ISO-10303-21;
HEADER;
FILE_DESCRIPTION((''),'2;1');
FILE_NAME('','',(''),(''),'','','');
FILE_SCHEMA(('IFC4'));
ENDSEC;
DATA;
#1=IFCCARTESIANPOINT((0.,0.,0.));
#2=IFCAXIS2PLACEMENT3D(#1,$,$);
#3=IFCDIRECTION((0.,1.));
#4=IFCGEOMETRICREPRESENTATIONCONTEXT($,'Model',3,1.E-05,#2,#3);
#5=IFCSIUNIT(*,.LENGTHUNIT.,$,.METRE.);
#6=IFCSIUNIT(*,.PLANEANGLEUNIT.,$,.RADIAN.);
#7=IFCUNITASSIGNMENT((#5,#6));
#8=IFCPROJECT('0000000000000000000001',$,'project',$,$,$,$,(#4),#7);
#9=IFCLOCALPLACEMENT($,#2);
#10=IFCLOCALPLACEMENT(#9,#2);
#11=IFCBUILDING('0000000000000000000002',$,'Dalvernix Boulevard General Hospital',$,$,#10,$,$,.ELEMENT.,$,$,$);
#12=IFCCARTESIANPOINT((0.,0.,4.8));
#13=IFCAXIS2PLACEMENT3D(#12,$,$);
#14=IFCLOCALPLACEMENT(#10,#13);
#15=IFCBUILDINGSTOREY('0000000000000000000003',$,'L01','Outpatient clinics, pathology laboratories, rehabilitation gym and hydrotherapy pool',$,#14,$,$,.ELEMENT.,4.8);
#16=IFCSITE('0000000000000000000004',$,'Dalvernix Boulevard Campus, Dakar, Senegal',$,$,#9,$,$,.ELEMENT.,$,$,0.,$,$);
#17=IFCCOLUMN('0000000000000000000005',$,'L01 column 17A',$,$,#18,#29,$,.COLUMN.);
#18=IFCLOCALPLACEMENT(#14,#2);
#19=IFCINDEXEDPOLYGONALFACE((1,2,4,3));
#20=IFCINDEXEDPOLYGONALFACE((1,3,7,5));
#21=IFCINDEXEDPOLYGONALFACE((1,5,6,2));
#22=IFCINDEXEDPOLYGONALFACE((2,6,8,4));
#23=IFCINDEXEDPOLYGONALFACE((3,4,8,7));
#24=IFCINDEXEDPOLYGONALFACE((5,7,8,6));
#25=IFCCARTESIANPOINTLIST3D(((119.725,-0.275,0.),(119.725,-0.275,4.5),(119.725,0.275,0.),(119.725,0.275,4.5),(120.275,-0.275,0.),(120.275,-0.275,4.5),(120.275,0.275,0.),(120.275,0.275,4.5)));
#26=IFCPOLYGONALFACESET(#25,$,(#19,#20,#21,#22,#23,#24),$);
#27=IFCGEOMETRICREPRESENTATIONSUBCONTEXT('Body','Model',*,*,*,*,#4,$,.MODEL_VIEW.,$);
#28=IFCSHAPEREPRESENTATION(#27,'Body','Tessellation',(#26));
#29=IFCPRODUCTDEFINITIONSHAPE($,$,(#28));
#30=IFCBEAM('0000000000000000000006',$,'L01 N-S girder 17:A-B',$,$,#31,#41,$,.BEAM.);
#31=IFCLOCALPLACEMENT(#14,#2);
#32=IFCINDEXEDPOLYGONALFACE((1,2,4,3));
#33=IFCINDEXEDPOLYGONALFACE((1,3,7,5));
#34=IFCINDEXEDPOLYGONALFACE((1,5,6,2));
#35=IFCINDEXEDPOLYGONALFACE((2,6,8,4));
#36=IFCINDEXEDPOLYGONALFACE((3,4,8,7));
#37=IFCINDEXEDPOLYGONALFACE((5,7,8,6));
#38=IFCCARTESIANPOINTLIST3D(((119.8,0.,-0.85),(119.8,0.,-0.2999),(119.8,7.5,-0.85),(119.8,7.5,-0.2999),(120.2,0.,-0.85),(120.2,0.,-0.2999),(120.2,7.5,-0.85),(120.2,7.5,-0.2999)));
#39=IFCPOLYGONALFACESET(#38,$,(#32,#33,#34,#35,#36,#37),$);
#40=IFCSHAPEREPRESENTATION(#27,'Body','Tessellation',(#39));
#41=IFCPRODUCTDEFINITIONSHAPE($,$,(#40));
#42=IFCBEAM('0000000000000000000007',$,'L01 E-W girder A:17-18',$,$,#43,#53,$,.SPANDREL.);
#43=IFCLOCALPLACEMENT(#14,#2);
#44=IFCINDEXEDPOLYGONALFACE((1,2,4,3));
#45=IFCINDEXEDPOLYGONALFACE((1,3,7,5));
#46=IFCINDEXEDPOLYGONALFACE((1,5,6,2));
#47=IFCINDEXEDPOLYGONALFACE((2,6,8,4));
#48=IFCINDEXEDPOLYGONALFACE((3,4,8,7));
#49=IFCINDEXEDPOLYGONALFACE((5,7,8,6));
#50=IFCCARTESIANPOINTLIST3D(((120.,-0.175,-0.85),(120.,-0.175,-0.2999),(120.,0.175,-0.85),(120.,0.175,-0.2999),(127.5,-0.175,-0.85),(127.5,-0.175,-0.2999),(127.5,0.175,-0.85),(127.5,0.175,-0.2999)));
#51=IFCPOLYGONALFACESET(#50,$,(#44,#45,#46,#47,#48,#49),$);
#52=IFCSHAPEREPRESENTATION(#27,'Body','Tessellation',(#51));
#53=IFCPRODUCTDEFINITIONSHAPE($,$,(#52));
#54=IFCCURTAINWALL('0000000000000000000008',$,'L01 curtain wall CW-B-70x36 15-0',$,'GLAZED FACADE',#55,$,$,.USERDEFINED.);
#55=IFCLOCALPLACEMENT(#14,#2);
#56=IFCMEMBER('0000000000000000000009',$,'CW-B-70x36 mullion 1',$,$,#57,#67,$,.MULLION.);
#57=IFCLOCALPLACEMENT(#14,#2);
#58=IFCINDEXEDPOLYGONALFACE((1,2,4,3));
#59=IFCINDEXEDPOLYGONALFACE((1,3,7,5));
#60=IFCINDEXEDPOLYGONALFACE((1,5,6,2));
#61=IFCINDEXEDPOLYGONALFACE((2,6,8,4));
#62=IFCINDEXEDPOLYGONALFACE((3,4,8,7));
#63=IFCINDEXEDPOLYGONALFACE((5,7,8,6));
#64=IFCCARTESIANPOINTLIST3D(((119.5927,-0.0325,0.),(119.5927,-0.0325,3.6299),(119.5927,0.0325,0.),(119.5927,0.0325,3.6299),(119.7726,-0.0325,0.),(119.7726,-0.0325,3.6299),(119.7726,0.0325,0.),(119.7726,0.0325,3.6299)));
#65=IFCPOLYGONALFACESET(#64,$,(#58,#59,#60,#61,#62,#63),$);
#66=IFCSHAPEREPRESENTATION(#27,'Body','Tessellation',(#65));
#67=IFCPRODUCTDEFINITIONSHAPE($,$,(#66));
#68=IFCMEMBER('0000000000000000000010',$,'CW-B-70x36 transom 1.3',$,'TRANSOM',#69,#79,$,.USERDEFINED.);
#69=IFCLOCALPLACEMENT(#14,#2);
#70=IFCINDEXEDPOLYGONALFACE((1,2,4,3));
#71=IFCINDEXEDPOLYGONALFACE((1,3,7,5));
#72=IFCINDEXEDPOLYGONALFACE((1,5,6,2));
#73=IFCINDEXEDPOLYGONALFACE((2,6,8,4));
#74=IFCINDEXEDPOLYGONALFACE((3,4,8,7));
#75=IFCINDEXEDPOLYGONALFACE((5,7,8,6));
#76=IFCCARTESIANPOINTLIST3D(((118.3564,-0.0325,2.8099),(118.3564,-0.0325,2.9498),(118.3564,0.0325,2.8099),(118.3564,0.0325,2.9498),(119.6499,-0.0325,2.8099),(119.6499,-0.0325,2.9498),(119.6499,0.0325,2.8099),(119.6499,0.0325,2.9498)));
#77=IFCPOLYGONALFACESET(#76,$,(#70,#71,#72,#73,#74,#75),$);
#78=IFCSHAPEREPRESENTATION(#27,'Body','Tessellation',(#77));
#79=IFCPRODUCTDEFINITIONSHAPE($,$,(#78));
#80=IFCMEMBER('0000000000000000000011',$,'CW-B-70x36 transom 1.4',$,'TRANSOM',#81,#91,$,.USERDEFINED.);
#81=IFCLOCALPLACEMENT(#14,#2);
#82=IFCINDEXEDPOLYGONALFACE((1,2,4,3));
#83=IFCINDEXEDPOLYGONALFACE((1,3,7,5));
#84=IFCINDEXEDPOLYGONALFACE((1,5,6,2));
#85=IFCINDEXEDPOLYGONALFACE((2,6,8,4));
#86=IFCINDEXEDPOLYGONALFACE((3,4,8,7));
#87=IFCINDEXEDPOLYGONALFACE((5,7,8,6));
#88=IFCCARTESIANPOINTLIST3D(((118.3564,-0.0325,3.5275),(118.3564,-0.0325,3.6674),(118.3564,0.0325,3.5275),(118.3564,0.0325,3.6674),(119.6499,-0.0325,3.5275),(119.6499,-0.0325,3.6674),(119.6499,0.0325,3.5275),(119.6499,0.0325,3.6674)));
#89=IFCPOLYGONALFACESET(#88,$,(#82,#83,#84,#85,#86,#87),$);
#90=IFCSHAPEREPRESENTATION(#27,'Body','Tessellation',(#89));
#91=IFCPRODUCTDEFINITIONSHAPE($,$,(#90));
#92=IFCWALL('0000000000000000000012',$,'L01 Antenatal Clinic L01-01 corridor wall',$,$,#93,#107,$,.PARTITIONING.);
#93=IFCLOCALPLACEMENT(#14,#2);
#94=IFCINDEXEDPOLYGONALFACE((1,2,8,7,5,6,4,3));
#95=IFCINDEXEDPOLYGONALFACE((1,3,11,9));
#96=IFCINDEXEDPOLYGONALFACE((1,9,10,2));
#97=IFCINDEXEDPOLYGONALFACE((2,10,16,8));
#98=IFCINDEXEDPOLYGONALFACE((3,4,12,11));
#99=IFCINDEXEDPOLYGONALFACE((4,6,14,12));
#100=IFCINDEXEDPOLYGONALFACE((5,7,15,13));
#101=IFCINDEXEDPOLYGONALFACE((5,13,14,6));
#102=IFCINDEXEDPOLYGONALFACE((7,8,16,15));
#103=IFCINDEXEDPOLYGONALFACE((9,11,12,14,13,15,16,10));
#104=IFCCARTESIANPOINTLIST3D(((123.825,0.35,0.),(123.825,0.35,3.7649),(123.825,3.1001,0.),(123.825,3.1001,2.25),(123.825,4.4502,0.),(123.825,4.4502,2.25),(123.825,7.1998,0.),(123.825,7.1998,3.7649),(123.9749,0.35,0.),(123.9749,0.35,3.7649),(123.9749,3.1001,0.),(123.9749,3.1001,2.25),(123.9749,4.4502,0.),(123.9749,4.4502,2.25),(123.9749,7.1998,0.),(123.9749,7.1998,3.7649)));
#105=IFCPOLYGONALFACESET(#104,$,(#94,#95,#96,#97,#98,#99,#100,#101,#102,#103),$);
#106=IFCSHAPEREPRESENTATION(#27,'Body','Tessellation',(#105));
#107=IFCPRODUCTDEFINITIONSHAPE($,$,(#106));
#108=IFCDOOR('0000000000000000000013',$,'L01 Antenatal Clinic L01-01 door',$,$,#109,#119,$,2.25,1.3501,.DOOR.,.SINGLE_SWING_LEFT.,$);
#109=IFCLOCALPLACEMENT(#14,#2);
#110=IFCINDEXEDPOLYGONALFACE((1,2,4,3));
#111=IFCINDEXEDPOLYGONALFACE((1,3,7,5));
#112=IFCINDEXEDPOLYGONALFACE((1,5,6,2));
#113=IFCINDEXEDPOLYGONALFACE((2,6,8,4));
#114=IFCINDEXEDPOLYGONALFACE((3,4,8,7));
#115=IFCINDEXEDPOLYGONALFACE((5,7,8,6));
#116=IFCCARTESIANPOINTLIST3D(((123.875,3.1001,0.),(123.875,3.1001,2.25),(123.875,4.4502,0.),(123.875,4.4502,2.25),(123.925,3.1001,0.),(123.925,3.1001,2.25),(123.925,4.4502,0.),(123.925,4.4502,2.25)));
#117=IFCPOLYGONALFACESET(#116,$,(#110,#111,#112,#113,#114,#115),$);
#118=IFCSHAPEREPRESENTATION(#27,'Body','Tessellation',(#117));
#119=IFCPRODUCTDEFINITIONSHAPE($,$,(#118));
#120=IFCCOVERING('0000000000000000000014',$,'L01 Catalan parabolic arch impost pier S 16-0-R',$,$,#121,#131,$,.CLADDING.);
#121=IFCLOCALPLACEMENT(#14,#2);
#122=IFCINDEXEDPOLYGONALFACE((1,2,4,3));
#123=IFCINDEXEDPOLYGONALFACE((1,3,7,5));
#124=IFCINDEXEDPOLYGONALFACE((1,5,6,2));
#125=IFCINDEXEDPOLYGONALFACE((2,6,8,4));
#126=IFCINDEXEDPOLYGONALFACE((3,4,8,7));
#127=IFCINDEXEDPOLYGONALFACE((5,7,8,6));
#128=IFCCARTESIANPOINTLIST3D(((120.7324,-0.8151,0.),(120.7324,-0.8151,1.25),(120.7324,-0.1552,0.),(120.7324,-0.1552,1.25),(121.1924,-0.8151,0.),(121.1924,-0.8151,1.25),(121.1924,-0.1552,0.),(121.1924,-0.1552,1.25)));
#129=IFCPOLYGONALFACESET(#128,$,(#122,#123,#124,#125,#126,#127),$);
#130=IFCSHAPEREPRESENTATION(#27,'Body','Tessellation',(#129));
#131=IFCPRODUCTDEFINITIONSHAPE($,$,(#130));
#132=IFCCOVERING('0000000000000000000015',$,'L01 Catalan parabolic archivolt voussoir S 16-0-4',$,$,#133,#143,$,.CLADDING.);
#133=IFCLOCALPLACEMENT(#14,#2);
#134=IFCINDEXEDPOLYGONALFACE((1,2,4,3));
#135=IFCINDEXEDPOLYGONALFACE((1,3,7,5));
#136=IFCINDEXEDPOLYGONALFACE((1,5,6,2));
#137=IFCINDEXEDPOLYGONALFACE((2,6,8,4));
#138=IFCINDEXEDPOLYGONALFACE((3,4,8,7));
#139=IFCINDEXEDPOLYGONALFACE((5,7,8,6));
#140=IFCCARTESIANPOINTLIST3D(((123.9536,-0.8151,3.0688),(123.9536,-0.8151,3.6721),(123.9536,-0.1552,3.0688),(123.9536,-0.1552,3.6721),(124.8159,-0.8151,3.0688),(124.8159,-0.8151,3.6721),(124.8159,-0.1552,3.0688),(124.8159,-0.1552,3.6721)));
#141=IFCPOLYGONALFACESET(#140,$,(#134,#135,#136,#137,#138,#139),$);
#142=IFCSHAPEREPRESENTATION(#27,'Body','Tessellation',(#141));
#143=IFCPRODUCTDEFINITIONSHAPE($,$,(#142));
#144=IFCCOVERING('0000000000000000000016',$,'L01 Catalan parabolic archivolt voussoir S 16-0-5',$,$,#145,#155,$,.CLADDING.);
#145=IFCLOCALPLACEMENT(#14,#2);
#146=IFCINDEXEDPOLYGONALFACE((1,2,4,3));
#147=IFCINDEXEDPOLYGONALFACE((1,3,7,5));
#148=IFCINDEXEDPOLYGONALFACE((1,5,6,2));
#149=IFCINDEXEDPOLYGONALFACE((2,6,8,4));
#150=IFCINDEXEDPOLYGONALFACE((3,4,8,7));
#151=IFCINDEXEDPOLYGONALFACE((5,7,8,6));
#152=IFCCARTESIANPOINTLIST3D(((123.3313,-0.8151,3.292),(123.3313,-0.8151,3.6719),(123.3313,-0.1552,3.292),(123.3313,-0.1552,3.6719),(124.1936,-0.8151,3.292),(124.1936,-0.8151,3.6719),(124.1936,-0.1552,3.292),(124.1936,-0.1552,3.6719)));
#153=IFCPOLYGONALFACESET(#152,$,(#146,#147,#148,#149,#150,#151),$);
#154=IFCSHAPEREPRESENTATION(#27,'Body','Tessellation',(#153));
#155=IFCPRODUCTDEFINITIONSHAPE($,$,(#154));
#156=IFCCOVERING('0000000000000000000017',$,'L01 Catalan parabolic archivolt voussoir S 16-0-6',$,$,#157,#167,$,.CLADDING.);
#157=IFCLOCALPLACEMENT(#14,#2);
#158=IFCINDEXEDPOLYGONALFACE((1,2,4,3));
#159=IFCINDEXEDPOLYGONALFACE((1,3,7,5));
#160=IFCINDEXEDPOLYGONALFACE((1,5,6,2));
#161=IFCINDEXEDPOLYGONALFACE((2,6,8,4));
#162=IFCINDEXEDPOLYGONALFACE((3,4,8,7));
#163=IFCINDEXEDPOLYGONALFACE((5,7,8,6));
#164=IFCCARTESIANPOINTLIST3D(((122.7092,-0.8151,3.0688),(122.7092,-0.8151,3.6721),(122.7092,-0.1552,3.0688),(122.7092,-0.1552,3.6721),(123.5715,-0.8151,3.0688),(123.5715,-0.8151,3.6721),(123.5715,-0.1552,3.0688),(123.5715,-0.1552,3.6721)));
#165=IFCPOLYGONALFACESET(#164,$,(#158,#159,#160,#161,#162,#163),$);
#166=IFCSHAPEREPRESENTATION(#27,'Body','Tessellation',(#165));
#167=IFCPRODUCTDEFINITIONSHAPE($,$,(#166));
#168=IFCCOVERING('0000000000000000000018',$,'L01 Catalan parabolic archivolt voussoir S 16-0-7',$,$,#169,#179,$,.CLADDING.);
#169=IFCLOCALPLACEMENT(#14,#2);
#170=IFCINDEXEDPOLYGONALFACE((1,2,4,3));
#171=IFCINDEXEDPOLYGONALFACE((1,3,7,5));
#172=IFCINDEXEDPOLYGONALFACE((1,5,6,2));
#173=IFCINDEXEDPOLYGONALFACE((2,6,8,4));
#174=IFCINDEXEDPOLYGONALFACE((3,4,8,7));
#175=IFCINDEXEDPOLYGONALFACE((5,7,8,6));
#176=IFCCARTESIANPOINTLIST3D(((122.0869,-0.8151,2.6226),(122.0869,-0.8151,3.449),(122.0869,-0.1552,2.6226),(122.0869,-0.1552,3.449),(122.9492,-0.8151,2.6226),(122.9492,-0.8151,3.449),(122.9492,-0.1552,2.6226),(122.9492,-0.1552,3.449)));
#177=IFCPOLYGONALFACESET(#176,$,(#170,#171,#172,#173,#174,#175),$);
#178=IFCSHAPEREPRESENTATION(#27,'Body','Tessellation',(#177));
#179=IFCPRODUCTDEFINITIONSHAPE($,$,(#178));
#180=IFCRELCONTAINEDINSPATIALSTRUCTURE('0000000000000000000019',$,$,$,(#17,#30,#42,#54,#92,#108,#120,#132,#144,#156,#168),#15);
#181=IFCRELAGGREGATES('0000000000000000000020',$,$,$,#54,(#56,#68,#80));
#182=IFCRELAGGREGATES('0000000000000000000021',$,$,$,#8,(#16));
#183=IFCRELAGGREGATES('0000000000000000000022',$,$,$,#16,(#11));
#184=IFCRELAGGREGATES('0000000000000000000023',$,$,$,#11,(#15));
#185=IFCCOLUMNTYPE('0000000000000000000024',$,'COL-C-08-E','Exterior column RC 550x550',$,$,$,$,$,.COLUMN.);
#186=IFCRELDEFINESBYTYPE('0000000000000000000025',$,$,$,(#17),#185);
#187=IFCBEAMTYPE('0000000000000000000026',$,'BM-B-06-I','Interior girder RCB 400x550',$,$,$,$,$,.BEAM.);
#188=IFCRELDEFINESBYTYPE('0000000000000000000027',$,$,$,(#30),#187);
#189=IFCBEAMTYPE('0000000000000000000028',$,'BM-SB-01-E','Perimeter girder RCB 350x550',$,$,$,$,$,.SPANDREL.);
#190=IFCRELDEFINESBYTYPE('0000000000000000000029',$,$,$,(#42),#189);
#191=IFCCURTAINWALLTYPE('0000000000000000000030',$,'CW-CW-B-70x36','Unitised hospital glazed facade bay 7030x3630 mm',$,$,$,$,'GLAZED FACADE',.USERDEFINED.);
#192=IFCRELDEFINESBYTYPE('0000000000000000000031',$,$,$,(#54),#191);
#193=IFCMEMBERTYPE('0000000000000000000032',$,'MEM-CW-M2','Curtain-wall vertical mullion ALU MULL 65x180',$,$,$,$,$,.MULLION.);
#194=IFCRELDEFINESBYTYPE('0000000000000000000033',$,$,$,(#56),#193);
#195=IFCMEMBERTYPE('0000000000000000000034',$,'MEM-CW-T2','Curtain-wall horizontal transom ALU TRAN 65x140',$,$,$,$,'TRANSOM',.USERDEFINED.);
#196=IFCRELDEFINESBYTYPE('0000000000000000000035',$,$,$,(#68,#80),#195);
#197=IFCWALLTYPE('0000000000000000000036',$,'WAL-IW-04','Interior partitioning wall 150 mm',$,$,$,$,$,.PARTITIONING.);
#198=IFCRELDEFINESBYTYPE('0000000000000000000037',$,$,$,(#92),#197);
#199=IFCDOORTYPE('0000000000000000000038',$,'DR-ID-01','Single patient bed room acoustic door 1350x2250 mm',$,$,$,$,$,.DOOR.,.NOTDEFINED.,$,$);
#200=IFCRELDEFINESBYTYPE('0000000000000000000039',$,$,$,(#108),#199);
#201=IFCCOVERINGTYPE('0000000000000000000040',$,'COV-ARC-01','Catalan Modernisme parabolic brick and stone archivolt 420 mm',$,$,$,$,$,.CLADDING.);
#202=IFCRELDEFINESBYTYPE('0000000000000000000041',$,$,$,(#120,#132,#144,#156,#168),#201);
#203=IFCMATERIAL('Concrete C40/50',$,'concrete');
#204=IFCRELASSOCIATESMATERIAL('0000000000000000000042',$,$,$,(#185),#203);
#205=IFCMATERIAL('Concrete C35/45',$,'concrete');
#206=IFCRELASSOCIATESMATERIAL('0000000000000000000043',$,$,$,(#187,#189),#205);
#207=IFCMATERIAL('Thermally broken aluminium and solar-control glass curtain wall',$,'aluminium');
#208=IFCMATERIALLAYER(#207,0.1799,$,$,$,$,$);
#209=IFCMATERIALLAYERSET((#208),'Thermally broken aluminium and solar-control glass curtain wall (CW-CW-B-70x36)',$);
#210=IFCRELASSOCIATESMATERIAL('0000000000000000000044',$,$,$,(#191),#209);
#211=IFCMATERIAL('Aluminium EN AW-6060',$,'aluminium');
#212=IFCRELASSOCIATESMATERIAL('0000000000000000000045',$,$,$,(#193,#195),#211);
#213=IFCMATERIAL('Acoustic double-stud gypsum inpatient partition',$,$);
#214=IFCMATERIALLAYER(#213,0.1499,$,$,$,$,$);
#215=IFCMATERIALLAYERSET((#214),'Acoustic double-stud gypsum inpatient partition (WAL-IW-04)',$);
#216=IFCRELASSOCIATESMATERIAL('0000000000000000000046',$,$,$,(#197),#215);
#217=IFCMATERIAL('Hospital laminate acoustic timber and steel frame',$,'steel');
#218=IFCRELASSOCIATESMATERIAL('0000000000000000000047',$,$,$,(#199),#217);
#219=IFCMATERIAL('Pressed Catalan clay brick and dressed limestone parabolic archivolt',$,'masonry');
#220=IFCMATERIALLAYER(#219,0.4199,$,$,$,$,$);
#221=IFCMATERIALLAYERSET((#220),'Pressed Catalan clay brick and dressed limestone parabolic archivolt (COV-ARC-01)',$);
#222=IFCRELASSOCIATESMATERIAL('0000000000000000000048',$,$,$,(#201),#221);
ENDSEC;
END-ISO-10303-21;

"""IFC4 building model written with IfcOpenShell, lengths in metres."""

from ifc_helpers import new_model, si_unit, direction, frame, frame_2d, origin, origin_2d, place, context, subcontext, project, spatial, rectangle, extrude, material, layer, layer_set, material_profile, profile_set, type_object, element, fill, aggregate, save


model = new_model("IFC4")

# Units and contexts
model_context = context("Model", 3, precision=1e-05, world=origin(), true_north=direction((0.0, 1.0)))
body_context = subcontext(model_context, "Body", "Model", "MODEL_VIEW")
ifc_project = project(units=[si_unit("LENGTHUNIT", "METRE"), si_unit("PLANEANGLEUNIT", "RADIAN")], contexts=[model_context])

# Site, building, storey
site_placement = place(None, origin())
site = spatial("IfcSite", under=ifc_project, at=site_placement, Name="Dalvernix Boulevard Campus, Dakar, Senegal", CompositionType="ELEMENT", RefElevation=0.0)
building_placement = place(site_placement, origin())
building = spatial("IfcBuilding", under=site, at=building_placement, Name="Dalvernix Boulevard General Hospital", CompositionType="ELEMENT")
storey_placement = place(building_placement, frame((0.0, 0.0, 4.8)))
storey = spatial("IfcBuildingStorey", under=building, at=storey_placement, Name="L01", Description="Outpatient clinics, pathology laboratories, rehabilitation gym and hydrotherapy pool", CompositionType="ELEMENT", Elevation=4.8)

# Column
ifc_material_1 = material(Name="Concrete C40/50", Category="concrete")
ifc_material_profile_1 = material_profile(ifc_material_1, rectangle(XDim=0.55, YDim=0.55, at=origin_2d()), Name="RC 550x550")
ifc_profile_set_1 = profile_set([ifc_material_profile_1], Name="Concrete C40/50")
column_type = type_object("IfcColumnType", Name="COL-C-08-E", Description="Exterior column RC 550x550", PredefinedType="COLUMN", material=ifc_profile_set_1)
column_placement = place(storey_placement, frame((120.0, 0.0, 0.0), z_axis=(0.0, 0.0, 1.0), x_axis=(1.0, 0.0, 0.0)))
element("IfcColumn", 1, at=column_placement, inside=storey, type_object=column_type, Name="L01 column 17A", PredefinedType="COLUMN", context=body_context, shape_type="SweptSolid", body=[
    extrude(rectangle(XDim=0.55, YDim=0.55, at=origin_2d()), origin(), (0.0, 0.0, 1.0), 4.5),
])

# Beams
ifc_material_2 = material(Name="Concrete C35/45", Category="concrete")
ifc_material_profile_2 = material_profile(ifc_material_2, rectangle(XDim=0.3999, YDim=0.55, at=origin_2d()), Name="RCB 400x550")
ifc_profile_set_2 = profile_set([ifc_material_profile_2], Name="Concrete C35/45")
beam_type_1 = type_object("IfcBeamType", Name="BM-B-06-I", Description="Interior girder RCB 400x550", PredefinedType="BEAM", material=ifc_profile_set_2)
beam_1_placement = place(storey_placement, frame((120.0, 0.0, -0.575), z_axis=(0.0, 1.0, 0.0), x_axis=(-1.0, 0.0, 0.0)))
element("IfcBeam", 2, at=beam_1_placement, inside=storey, type_object=beam_type_1, Name="L01 N-S girder 17:A-B", PredefinedType="BEAM", context=body_context, shape_type="SweptSolid", body=[
    extrude(rectangle(XDim=0.3999, YDim=0.55, at=origin_2d()), origin(), (0.0, 0.0, 1.0), 7.5),
])
ifc_material_profile_3 = material_profile(ifc_material_2, rectangle(XDim=0.3501, YDim=0.55, at=origin_2d()), Name="RCB 350x550")
ifc_profile_set_3 = profile_set([ifc_material_profile_3], Name="Concrete C35/45")
beam_type_2 = type_object("IfcBeamType", Name="BM-SB-01-E", Description="Perimeter girder RCB 350x550", PredefinedType="SPANDREL", material=ifc_profile_set_3)
beam_2_placement = place(storey_placement, frame((120.0, 0.0, -0.575), z_axis=(1.0, 0.0, 0.0), x_axis=(0.0, 1.0, 0.0)))
element("IfcBeam", 3, at=beam_2_placement, inside=storey, type_object=beam_type_2, Name="L01 E-W girder A:17-18", PredefinedType="SPANDREL", context=body_context, shape_type="SweptSolid", body=[
    extrude(rectangle(XDim=0.3501, YDim=0.55, at=origin_2d()), origin(), (0.0, 0.0, 1.0), 7.5),
])

# Curtain wall, members
ifc_material_3 = material(Name="Thermally broken aluminium and solar-control glass curtain wall", Category="aluminium")
ifc_layer_1 = layer(ifc_material_3, 0.1799)
ifc_layer_set_1 = layer_set([ifc_layer_1], Name="Thermally broken aluminium and solar-control glass curtain wall (CW-CW-B-70x36)")
curtain_wall_type = type_object("IfcCurtainWallType", Name="CW-CW-B-70x36", Description="Unitised hospital glazed facade bay 7030x3630 mm", ElementType="GLAZED FACADE", PredefinedType="USERDEFINED", material=ifc_layer_set_1)
curtain_wall_placement = place(storey_placement, origin())
curtain_wall = element("IfcCurtainWall", 4, at=curtain_wall_placement, inside=storey, type_object=curtain_wall_type, Name="L01 curtain wall CW-B-70x36 15-0", ObjectType="GLAZED FACADE", PredefinedType="USERDEFINED")
ifc_material_4 = material(Name="Aluminium EN AW-6060", Category="aluminium")
ifc_material_profile_4 = material_profile(ifc_material_4, rectangle(XDim=0.0649, YDim=0.1799, at=origin_2d()), Name="ALU MULL 65x180")
ifc_profile_set_4 = profile_set([ifc_material_profile_4], Name="Aluminium EN AW-6060")
member_type_1 = type_object("IfcMemberType", Name="MEM-CW-M2", Description="Curtain-wall vertical mullion ALU MULL 65x180", PredefinedType="MULLION", material=ifc_profile_set_4)
member_1_placement = place(storey_placement, frame((119.6826, 0.0, 0.0), z_axis=(0.0, 0.0, 1.0), x_axis=(0.0, -1.0, 0.0)))
member_1 = element("IfcMember", 5, at=member_1_placement, type_object=member_type_1, Name="CW-B-70x36 mullion 1", PredefinedType="MULLION", context=body_context, shape_type="SweptSolid", body=[
    extrude(rectangle(XDim=0.0649, YDim=0.1799, at=origin_2d()), origin(), (0.0, 0.0, 1.0), 3.6299),
])
ifc_material_profile_5 = material_profile(ifc_material_4, rectangle(XDim=0.0649, YDim=0.1399, at=origin_2d()), Name="ALU TRAN 65x140")
ifc_profile_set_5 = profile_set([ifc_material_profile_5], Name="Aluminium EN AW-6060")
member_type_2 = type_object("IfcMemberType", Name="MEM-CW-T2", Description="Curtain-wall horizontal transom ALU TRAN 65x140", ElementType="TRANSOM", PredefinedType="USERDEFINED", material=ifc_profile_set_5)
member_2_placement = place(storey_placement, frame((119.6499, 0.0, 2.8799), z_axis=(-1.0, 0.0, 0.0), x_axis=(0.0, -1.0, 0.0)))
member_2 = element("IfcMember", 6, at=member_2_placement, type_object=member_type_2, Name="CW-B-70x36 transom 1.3", ObjectType="TRANSOM", PredefinedType="USERDEFINED", context=body_context, shape_type="SweptSolid", body=[
    extrude(rectangle(XDim=0.0649, YDim=0.1399, at=origin_2d()), origin(), (0.0, 0.0, 1.0), 1.2935),
])
member_3_placement = place(storey_placement, frame((119.6499, 0.0, 3.5974), z_axis=(-1.0, 0.0, 0.0), x_axis=(0.0, -1.0, 0.0)))
member_3 = element("IfcMember", 7, at=member_3_placement, type_object=member_type_2, Name="CW-B-70x36 transom 1.4", ObjectType="TRANSOM", PredefinedType="USERDEFINED", context=body_context, shape_type="SweptSolid", body=[
    extrude(rectangle(XDim=0.0649, YDim=0.1399, at=origin_2d()), origin(), (0.0, 0.0, 1.0), 1.2935),
])
aggregate(curtain_wall, [member_1, member_2, member_3])

# Wall, opening, door
ifc_material_5 = material(Name="Acoustic double-stud gypsum inpatient partition")
ifc_layer_2 = layer(ifc_material_5, 0.1499)
ifc_layer_set_2 = layer_set([ifc_layer_2], Name="Acoustic double-stud gypsum inpatient partition (WAL-IW-04)")
wall_type = type_object("IfcWallType", Name="WAL-IW-04", Description="Interior partitioning wall 150 mm", PredefinedType="PARTITIONING", material=ifc_layer_set_2)
wall_placement = place(storey_placement, frame((123.8999, 0.3501, 0.0), z_axis=(0.0, 0.0, 1.0), x_axis=(0.0, 1.0, 0.0)))
wall = element("IfcWall", 8, at=wall_placement, inside=storey, type_object=wall_type, Name="L01 Antenatal Clinic L01-01 corridor wall", PredefinedType="PARTITIONING", context=body_context, shape_type="SweptSolid", body=[
    extrude(rectangle(XDim=6.8499, YDim=0.1499, at=frame_2d((3.4248, 0.0))), origin(), (0.0, 0.0, 1.0), 3.7649),
])
opening_placement = place(wall_placement, frame((2.75, 0.0, 0.0)))
opening = element("IfcOpeningElement", 9, at=opening_placement, cuts=wall, PredefinedType="OPENING", context=body_context, shape_type="SweptSolid", body=[
    extrude(rectangle(XDim=1.3501, YDim=2.25, at=frame_2d((0.675, 1.125))), frame((0.0, 0.085, 0.0), z_axis=(0.0, -1.0, 0.0), x_axis=(1.0, 0.0, 0.0)), (0.0, 0.0, 1.0), 0.1699),
])
ifc_material_6 = material(Name="Hospital laminate acoustic timber and steel frame", Category="steel")
door_type = type_object("IfcDoorType", Name="DR-ID-01", Description="Single patient bed room acoustic door 1350x2250 mm", OperationType="NOTDEFINED", PredefinedType="DOOR", material=ifc_material_6)
door_placement = place(opening_placement, origin())
door = element("IfcDoor", 10, at=door_placement, inside=storey, type_object=door_type, Name="L01 Antenatal Clinic L01-01 door", OperationType="SINGLE_SWING_LEFT", OverallHeight=2.25, OverallWidth=1.3501, PredefinedType="DOOR", context=body_context, shape_type="SweptSolid", body=[
    extrude(rectangle(XDim=1.3501, YDim=2.25, at=frame_2d((0.675, 1.125))), frame((0.0, 0.0249, 0.0), z_axis=(0.0, -1.0, 0.0), x_axis=(1.0, 0.0, 0.0)), (0.0, 0.0, 1.0), 0.05),
])
fill(opening, door)

# Coverings
ifc_material_7 = material(Name="Pressed Catalan clay brick and dressed limestone parabolic archivolt", Category="masonry")
ifc_layer_3 = layer(ifc_material_7, 0.4199)
ifc_layer_set_3 = layer_set([ifc_layer_3], Name="Pressed Catalan clay brick and dressed limestone parabolic archivolt (COV-ARC-01)")
covering_type_1 = type_object("IfcCoveringType", Name="COV-ARC-01", Description="Catalan Modernisme parabolic brick and stone archivolt 420 mm", PredefinedType="CLADDING", material=ifc_layer_set_3)
covering_1_placement = place(storey_placement, frame((120.9624, -0.4851, 0.0), z_axis=(0.0, 0.0, 1.0), x_axis=(-1.0, 0.0, 0.0)))
element("IfcCovering", 11, at=covering_1_placement, inside=storey, type_object=covering_type_1, Name="L01 Catalan parabolic arch impost pier S 16-0-R", PredefinedType="CLADDING", context=body_context, shape_type="SweptSolid", body=[
    extrude(rectangle(XDim=0.46, YDim=0.6599, at=origin_2d()), origin(), (0.0, 0.0, 1.0), 1.25),
])
covering_2_placement = place(storey_placement, frame((124.3848, -0.4851, 3.0688), z_axis=(0.0, 0.0, 1.0), x_axis=(-1.0, 0.0, 0.0)))
element("IfcCovering", 12, at=covering_2_placement, inside=storey, type_object=covering_type_1, Name="L01 Catalan parabolic archivolt voussoir S 16-0-4", PredefinedType="CLADDING", context=body_context, shape_type="SweptSolid", body=[
    extrude(rectangle(XDim=0.8623, YDim=0.6599, at=origin_2d()), origin(), (0.0, 0.0, 1.0), 0.6033),
])
covering_3_placement = place(storey_placement, frame((123.7625, -0.4851, 3.292), z_axis=(0.0, 0.0, 1.0), x_axis=(-1.0, 0.0, 0.0)))
element("IfcCovering", 13, at=covering_3_placement, inside=storey, type_object=covering_type_1, Name="L01 Catalan parabolic archivolt voussoir S 16-0-5", PredefinedType="CLADDING", context=body_context, shape_type="SweptSolid", body=[
    extrude(rectangle(XDim=0.8623, YDim=0.6599, at=origin_2d()), origin(), (0.0, 0.0, 1.0), 0.3799),
])
covering_4_placement = place(storey_placement, frame((123.1404, -0.4851, 3.0688), z_axis=(0.0, 0.0, 1.0), x_axis=(-1.0, 0.0, 0.0)))
element("IfcCovering", 14, at=covering_4_placement, inside=storey, type_object=covering_type_1, Name="L01 Catalan parabolic archivolt voussoir S 16-0-6", PredefinedType="CLADDING", context=body_context, shape_type="SweptSolid", body=[
    extrude(rectangle(XDim=0.8623, YDim=0.6599, at=origin_2d()), origin(), (0.0, 0.0, 1.0), 0.6033),
])
covering_5_placement = place(storey_placement, frame((122.5181, -0.4851, 2.6226), z_axis=(0.0, 0.0, 1.0), x_axis=(-1.0, 0.0, 0.0)))
element("IfcCovering", 15, at=covering_5_placement, inside=storey, type_object=covering_type_1, Name="L01 Catalan parabolic archivolt voussoir S 16-0-7", PredefinedType="CLADDING", context=body_context, shape_type="SweptSolid", body=[
    extrude(rectangle(XDim=0.8623, YDim=0.6599, at=origin_2d()), origin(), (0.0, 0.0, 1.0), 0.8264),
])

save(model, "model.ifc")
